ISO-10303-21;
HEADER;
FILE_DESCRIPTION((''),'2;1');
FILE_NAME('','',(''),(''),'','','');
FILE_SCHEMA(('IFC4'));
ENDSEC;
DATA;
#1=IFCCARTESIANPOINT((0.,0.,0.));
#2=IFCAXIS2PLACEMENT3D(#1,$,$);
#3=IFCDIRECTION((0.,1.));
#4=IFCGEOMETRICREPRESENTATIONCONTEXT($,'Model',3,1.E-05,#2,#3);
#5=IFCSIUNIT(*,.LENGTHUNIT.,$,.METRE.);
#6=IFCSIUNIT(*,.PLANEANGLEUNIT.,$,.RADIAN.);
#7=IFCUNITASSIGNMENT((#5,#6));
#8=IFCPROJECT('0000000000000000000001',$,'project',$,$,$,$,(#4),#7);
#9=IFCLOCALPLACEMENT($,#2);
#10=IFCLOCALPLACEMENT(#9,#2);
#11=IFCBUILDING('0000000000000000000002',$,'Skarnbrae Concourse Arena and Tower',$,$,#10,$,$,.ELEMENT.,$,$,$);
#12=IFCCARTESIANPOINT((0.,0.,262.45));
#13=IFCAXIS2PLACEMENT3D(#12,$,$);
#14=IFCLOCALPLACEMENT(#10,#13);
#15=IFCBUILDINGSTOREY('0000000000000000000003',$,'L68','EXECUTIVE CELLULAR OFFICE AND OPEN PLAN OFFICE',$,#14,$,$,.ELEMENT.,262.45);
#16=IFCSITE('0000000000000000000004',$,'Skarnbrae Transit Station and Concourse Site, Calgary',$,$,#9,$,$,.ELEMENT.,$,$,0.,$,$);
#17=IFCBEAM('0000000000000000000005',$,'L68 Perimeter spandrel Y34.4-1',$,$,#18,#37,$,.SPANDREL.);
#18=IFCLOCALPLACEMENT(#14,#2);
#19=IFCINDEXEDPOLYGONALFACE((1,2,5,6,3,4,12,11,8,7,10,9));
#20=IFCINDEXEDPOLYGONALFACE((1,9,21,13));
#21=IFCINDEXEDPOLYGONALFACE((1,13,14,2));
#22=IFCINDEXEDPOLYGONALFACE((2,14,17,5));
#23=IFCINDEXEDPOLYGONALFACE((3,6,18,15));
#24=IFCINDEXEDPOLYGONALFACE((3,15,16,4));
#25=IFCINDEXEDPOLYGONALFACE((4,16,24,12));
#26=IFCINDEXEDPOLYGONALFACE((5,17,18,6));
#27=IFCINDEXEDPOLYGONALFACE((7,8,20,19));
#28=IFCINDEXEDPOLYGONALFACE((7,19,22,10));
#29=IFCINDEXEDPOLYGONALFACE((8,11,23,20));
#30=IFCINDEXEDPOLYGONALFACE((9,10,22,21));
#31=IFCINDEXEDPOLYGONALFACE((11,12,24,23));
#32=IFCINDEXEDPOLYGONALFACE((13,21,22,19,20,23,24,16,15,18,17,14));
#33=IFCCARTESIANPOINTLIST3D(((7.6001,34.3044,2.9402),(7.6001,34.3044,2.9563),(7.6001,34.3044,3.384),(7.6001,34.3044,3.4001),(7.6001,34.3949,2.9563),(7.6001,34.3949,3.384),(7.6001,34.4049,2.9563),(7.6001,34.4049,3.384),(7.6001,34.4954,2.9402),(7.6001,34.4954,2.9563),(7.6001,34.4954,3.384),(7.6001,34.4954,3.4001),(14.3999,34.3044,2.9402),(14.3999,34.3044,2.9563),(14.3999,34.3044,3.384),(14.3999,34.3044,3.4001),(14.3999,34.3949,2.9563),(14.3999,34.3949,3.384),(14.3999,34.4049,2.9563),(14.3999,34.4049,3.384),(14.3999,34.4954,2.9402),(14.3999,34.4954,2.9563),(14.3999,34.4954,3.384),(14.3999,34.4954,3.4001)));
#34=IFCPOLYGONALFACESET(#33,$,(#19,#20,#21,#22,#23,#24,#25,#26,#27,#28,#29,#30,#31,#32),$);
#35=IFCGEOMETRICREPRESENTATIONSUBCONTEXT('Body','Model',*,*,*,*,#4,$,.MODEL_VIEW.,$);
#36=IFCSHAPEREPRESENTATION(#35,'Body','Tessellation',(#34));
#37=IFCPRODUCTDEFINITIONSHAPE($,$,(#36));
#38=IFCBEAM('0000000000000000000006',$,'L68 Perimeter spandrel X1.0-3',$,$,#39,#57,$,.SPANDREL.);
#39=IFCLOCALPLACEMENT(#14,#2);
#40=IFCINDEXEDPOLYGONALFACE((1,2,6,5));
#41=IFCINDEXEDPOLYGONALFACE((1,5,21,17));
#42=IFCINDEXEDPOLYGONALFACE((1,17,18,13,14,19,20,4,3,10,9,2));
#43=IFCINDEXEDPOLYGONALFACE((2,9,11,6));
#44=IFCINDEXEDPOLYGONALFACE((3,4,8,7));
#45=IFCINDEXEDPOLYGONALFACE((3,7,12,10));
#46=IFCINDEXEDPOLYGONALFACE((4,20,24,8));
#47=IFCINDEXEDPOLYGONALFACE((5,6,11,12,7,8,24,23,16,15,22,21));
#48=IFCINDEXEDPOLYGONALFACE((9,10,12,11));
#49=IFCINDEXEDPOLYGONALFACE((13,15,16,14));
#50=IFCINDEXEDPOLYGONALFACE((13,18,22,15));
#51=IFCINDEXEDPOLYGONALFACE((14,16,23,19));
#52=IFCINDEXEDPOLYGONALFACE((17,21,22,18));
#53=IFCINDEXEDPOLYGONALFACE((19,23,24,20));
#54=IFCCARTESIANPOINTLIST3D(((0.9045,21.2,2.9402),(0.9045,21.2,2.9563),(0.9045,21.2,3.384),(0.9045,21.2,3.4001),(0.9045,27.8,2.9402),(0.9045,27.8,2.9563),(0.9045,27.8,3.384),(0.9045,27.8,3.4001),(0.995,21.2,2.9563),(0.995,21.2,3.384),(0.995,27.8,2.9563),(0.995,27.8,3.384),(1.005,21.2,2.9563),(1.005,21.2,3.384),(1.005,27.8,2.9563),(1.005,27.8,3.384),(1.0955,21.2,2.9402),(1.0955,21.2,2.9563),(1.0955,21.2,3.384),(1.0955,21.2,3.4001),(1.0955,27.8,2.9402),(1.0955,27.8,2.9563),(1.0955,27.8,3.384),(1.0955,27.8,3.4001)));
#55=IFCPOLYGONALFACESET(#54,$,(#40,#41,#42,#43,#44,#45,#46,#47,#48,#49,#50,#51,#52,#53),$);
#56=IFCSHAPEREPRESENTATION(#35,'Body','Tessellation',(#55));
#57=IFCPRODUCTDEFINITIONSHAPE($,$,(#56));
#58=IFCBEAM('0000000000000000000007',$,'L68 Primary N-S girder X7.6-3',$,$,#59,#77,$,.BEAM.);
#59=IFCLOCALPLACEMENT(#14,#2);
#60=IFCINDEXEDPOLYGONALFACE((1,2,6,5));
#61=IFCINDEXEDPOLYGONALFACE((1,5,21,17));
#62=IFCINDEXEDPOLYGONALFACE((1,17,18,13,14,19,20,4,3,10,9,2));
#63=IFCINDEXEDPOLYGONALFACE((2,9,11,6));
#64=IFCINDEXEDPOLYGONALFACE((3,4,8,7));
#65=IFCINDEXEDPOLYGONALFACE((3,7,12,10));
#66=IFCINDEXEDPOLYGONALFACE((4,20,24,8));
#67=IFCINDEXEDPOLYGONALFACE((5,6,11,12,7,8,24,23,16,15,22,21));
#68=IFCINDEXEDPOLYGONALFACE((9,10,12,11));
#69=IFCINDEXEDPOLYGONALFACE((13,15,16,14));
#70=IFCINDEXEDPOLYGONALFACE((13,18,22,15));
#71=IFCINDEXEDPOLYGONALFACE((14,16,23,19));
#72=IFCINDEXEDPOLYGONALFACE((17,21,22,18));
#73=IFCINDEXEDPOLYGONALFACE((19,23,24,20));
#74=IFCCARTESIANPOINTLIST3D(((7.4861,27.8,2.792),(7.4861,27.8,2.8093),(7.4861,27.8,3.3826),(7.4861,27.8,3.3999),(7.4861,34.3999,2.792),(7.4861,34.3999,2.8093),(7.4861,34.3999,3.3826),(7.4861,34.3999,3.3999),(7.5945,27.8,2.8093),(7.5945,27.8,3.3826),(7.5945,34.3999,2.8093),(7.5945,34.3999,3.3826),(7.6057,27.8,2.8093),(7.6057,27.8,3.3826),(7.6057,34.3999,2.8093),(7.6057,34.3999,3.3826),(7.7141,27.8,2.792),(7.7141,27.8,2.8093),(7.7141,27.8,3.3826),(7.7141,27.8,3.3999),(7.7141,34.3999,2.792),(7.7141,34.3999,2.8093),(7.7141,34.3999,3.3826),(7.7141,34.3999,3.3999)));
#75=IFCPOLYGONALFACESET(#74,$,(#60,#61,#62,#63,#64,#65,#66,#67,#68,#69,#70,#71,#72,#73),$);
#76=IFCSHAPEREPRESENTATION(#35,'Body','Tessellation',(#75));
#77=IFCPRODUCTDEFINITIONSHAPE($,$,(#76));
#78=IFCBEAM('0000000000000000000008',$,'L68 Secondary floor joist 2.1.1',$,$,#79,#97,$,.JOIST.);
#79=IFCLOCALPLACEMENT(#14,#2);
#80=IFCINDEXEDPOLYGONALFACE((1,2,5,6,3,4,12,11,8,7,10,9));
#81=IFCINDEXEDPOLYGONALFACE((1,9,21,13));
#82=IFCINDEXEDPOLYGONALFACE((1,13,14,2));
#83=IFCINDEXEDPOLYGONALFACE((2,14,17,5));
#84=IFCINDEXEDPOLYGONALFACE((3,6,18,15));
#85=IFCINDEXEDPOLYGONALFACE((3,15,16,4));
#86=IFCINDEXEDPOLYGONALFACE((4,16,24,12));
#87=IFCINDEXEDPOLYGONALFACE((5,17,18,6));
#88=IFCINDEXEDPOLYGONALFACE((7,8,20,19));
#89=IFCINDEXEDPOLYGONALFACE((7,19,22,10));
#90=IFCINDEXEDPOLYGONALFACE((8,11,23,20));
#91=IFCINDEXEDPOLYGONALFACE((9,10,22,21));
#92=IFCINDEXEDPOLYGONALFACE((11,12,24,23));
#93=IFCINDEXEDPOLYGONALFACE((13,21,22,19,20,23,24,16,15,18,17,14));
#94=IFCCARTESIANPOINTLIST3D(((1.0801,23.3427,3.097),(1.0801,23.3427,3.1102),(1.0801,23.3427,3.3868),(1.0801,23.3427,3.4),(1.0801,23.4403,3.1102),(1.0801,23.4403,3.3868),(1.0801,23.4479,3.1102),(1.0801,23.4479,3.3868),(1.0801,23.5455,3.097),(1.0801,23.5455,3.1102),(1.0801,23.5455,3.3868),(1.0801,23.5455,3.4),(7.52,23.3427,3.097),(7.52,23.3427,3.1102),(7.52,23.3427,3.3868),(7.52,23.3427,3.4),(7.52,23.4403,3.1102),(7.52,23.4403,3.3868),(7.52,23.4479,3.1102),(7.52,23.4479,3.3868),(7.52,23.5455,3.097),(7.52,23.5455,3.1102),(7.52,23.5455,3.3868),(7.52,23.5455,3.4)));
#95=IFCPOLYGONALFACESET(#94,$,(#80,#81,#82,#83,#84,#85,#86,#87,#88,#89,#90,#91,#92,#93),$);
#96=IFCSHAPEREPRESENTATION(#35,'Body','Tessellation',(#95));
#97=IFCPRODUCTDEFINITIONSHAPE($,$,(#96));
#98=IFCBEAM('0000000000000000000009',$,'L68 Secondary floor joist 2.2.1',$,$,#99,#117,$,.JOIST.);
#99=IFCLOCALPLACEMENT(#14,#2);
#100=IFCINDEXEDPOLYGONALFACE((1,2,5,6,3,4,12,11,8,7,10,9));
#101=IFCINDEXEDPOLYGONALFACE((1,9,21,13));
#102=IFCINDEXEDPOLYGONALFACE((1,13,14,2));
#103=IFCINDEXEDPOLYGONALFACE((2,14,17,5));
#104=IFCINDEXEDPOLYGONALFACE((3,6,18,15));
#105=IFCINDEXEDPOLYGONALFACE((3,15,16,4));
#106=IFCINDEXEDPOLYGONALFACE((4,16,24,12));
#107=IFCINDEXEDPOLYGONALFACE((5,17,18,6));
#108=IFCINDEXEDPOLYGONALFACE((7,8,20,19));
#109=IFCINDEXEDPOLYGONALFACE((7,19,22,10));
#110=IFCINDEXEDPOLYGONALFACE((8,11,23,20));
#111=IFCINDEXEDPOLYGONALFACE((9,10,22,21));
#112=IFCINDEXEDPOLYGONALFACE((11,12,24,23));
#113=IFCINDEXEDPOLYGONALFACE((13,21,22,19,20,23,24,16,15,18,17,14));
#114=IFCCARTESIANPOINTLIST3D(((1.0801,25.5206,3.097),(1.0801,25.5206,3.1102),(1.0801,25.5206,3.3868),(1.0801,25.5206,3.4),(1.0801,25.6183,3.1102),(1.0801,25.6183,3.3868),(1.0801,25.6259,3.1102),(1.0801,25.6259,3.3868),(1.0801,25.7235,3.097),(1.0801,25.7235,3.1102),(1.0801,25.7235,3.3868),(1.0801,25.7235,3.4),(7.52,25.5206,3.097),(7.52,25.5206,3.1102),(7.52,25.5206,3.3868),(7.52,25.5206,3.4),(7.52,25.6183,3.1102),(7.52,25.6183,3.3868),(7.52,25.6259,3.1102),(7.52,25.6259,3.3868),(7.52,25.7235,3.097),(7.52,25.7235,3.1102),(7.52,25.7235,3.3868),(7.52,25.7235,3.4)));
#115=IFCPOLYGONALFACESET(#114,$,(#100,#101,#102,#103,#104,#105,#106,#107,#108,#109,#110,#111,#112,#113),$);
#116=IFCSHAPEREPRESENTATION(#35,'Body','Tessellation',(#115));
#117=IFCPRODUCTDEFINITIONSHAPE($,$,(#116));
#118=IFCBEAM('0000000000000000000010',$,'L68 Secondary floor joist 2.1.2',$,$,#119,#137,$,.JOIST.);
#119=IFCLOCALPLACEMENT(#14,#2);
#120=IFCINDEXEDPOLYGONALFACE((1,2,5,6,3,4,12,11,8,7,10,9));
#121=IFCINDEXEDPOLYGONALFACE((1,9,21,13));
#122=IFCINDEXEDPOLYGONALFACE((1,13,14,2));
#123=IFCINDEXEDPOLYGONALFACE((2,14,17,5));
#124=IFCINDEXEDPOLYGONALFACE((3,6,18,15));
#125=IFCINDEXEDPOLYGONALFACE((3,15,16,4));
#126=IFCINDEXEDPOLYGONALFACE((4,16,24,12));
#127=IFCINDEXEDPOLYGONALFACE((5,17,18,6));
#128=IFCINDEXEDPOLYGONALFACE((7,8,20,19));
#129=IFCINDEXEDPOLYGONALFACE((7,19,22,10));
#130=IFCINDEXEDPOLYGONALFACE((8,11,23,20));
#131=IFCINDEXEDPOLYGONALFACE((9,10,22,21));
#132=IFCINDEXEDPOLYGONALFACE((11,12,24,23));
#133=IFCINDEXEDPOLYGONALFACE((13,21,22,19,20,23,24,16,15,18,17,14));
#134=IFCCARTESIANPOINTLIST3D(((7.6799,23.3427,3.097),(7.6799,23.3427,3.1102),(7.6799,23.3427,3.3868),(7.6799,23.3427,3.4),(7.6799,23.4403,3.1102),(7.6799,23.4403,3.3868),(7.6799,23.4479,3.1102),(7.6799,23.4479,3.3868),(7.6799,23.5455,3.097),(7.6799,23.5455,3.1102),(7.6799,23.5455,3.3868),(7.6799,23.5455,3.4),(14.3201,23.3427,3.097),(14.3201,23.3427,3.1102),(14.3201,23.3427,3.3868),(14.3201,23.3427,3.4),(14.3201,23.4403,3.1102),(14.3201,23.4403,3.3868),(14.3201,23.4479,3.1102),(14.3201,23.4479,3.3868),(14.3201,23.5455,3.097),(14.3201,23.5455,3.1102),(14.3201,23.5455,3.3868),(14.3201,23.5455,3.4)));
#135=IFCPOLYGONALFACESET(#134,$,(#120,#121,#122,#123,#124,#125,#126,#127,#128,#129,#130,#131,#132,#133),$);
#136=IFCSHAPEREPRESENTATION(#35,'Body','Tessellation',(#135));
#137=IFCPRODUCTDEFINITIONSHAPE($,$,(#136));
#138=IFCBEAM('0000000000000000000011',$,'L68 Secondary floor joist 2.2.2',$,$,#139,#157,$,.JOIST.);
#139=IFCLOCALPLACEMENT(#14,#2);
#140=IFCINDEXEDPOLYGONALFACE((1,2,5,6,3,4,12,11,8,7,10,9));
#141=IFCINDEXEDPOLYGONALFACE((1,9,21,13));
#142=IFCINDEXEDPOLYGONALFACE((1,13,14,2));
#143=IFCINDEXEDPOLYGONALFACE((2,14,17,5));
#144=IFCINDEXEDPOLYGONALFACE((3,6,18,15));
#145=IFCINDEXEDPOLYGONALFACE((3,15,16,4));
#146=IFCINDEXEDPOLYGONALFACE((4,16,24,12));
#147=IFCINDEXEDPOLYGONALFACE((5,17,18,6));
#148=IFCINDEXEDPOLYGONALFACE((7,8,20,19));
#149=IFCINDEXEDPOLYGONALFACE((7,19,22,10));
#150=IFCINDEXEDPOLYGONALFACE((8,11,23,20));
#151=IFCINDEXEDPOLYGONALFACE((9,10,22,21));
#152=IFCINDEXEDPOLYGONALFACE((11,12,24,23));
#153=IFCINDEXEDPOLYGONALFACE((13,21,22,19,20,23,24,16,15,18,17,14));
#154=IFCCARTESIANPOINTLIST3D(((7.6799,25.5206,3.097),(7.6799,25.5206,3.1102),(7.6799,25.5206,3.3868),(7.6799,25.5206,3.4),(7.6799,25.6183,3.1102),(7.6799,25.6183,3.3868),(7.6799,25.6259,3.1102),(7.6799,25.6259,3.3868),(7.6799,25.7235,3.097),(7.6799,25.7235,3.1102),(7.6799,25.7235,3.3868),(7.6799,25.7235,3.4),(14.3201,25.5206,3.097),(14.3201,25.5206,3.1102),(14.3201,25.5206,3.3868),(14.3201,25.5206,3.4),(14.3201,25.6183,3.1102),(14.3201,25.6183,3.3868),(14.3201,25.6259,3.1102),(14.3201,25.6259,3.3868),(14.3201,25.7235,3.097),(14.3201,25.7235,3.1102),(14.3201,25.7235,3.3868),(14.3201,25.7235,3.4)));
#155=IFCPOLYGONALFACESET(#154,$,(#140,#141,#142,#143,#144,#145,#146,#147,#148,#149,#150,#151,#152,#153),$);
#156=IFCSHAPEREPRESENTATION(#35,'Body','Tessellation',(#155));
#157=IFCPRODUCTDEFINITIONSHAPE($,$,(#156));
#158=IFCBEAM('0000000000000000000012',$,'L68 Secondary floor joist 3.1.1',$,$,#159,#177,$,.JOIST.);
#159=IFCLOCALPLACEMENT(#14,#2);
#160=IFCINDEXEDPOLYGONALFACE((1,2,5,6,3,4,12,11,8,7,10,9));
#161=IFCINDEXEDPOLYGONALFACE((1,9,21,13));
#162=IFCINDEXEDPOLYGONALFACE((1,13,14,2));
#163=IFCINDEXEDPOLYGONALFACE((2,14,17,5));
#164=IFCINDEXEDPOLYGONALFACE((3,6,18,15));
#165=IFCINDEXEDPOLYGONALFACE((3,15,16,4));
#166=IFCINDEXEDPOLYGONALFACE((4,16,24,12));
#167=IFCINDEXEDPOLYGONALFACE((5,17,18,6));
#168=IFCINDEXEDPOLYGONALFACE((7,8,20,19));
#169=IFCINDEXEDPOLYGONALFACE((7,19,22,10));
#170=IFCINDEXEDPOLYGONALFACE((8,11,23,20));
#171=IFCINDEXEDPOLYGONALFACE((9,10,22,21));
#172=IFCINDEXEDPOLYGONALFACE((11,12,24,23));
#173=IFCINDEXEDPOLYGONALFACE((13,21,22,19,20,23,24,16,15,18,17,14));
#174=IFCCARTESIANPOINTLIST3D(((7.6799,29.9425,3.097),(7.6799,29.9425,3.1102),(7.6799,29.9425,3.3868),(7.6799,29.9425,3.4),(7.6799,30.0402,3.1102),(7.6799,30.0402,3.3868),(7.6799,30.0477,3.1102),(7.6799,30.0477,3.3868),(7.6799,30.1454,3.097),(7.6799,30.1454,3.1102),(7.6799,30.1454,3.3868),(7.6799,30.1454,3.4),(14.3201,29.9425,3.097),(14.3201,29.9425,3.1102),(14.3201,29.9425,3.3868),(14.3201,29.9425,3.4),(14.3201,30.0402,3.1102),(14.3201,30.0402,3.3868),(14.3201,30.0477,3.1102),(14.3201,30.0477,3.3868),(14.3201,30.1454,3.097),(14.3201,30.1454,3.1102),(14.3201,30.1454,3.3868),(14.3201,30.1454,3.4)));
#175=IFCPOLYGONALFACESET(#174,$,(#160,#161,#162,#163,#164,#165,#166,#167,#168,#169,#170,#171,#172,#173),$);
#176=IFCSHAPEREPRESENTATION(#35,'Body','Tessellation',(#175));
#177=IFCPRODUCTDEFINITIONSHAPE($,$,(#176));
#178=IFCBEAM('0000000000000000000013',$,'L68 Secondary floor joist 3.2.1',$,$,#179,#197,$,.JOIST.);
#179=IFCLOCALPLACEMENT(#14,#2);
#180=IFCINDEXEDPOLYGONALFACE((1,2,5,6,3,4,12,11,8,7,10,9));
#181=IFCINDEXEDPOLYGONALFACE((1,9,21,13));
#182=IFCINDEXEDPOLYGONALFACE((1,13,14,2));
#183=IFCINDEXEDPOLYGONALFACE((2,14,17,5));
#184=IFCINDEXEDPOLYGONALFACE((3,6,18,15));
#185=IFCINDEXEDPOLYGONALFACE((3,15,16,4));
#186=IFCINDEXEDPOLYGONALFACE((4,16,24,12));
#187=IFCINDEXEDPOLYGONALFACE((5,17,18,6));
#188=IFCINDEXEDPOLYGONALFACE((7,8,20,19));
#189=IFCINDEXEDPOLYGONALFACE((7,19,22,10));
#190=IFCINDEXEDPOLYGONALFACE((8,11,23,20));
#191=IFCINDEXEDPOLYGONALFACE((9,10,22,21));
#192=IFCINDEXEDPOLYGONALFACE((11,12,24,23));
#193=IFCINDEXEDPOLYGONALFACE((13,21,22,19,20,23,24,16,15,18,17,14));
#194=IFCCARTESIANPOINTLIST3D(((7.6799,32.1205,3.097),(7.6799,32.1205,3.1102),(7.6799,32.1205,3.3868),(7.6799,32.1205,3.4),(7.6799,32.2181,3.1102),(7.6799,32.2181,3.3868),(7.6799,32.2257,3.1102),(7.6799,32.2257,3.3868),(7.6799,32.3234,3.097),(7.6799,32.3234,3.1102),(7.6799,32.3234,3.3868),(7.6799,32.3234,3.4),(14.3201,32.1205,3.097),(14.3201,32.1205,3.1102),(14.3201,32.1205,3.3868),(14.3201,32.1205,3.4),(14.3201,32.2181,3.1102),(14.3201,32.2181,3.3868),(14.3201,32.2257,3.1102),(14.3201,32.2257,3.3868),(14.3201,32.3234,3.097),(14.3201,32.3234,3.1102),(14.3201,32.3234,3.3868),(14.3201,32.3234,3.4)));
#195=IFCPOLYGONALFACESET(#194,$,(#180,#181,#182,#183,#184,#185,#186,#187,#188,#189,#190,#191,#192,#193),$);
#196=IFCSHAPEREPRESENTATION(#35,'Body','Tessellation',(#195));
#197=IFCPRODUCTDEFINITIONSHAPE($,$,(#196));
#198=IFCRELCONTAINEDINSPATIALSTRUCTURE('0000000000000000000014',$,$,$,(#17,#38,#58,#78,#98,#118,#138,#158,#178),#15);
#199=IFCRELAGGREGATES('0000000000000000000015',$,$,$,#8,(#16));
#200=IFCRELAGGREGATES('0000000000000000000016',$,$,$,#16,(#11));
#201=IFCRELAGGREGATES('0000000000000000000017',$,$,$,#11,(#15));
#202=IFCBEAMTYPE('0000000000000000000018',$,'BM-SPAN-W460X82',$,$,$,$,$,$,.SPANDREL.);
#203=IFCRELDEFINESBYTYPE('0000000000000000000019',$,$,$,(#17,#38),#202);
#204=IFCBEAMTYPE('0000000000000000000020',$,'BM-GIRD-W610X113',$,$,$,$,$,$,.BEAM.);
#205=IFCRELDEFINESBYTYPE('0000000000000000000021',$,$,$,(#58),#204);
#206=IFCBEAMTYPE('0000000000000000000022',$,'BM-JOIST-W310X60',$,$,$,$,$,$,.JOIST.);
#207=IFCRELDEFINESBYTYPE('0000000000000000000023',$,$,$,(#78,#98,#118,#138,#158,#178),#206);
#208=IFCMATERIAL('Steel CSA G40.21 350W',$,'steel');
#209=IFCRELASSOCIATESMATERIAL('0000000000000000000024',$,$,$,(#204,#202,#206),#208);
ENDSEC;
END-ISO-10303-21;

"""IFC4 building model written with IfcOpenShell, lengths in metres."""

from ifc_helpers import new_model, si_unit, direction, frame, origin, origin_2d, place, context, subcontext, project, spatial, i_section, extrude, source, transform, mapped, material, material_profile, profile_set, type_object, element, save


model = new_model("IFC4")

# Units and contexts
model_context = context("Model", 3, precision=1e-05, world=origin(), true_north=direction((0.0, 1.0)))
body_context = subcontext(model_context, "Body", "Model", "MODEL_VIEW")
ifc_project = project(units=[si_unit("LENGTHUNIT", "METRE"), si_unit("PLANEANGLEUNIT", "RADIAN")], contexts=[model_context])

# Site, building, storey
site_placement = place(None, origin())
site = spatial("IfcSite", under=ifc_project, at=site_placement, Name="Skarnbrae Transit Station and Concourse Site, Calgary", CompositionType="ELEMENT", RefElevation=0.0)
building_placement = place(site_placement, origin())
building = spatial("IfcBuilding", under=site, at=building_placement, Name="Skarnbrae Concourse Arena and Tower", CompositionType="ELEMENT")
storey_placement = place(building_placement, frame((0.0, 0.0, 262.45)))
storey = spatial("IfcBuildingStorey", under=building, at=storey_placement, Name="L68", Description="EXECUTIVE CELLULAR OFFICE AND OPEN PLAN OFFICE", CompositionType="ELEMENT", Elevation=262.45)

# Shared definitions
ifc_material_1 = material(Name="Steel CSA G40.21 350W", Category="steel")

# Beams
ifc_material_profile_1 = material_profile(ifc_material_1, i_section(OverallWidth=0.228, OverallDepth=0.6079, WebThickness=0.0112, FlangeThickness=0.0173, at=origin_2d()), Name="W610X113")
ifc_profile_set_1 = profile_set([ifc_material_profile_1], Name="Steel CSA G40.21 350W")
beam_type_1 = type_object("IfcBeamType", Name="BM-GIRD-W610X113", PredefinedType="BEAM", material=ifc_profile_set_1)
ifc_material_profile_2 = material_profile(ifc_material_1, i_section(OverallWidth=0.1909, OverallDepth=0.46, WebThickness=0.01, FlangeThickness=0.0161, at=origin_2d()), Name="W460X82")
ifc_profile_set_2 = profile_set([ifc_material_profile_2], Name="Steel CSA G40.21 350W")
beam_type_2 = type_object("IfcBeamType", Name="BM-SPAN-W460X82", PredefinedType="SPANDREL", material=ifc_profile_set_2)
shared_shape_1 = source(origin(), body_context, "Body", "SweptSolid", [
    extrude(i_section(OverallWidth=0.1909, OverallDepth=0.46, WebThickness=0.01, FlangeThickness=0.0161, at=origin_2d()), origin(), (0.0, 0.0, 1.0), 6.7998),
])
beam_1_placement = place(storey_placement, frame((7.6001, 34.3999, 3.1702), z_axis=(1.0, 0.0, 0.0), x_axis=(0.0, 1.0, 0.0)))
element("IfcBeam", 1, at=beam_1_placement, inside=storey, type_object=beam_type_2, Name="L68 Perimeter spandrel Y34.4-1", PredefinedType="SPANDREL", context=body_context, shape_type="MappedRepresentation", body=[
    mapped(shared_shape_1, transform((0.0, 0.0, 0.0))),
])
shared_shape_2 = source(origin(), body_context, "Body", "SweptSolid", [
    extrude(i_section(OverallWidth=0.1909, OverallDepth=0.46, WebThickness=0.01, FlangeThickness=0.0161, at=origin_2d()), origin(), (0.0, 0.0, 1.0), 6.6001),
])
beam_2_placement = place(storey_placement, frame((1.0, 21.2, 3.1702), z_axis=(0.0, 1.0, 0.0), x_axis=(-1.0, 0.0, 0.0)))
element("IfcBeam", 2, at=beam_2_placement, inside=storey, type_object=beam_type_2, Name="L68 Perimeter spandrel X1.0-3", PredefinedType="SPANDREL", context=body_context, shape_type="MappedRepresentation", body=[
    mapped(shared_shape_2, transform((0.0, 0.0, 0.0))),
])
shared_shape_3 = source(origin(), body_context, "Body", "SweptSolid", [
    extrude(i_section(OverallWidth=0.228, OverallDepth=0.6079, WebThickness=0.0112, FlangeThickness=0.0173, at=origin_2d()), origin(), (0.0, 0.0, 1.0), 6.5999),
])
beam_3_placement = place(storey_placement, frame((7.6001, 27.8, 3.0959), z_axis=(0.0, 1.0, 0.0), x_axis=(-1.0, 0.0, 0.0)))
element("IfcBeam", 3, at=beam_3_placement, inside=storey, type_object=beam_type_1, Name="L68 Primary N-S girder X7.6-3", PredefinedType="BEAM", context=body_context, shape_type="MappedRepresentation", body=[
    mapped(shared_shape_3, transform((0.0, 0.0, 0.0))),
])
ifc_material_profile_3 = material_profile(ifc_material_1, i_section(OverallWidth=0.2029, OverallDepth=0.303, WebThickness=0.0076, FlangeThickness=0.0132, at=origin_2d()), Name="W310X60")
ifc_profile_set_3 = profile_set([ifc_material_profile_3], Name="Steel CSA G40.21 350W")
beam_type_3 = type_object("IfcBeamType", Name="BM-JOIST-W310X60", PredefinedType="JOIST", material=ifc_profile_set_3)
shared_shape_4 = source(origin(), body_context, "Body", "SweptSolid", [
    extrude(i_section(OverallWidth=0.2029, OverallDepth=0.303, WebThickness=0.0076, FlangeThickness=0.0132, at=origin_2d()), origin(), (0.0, 0.0, 1.0), 6.4399),
])
for number, where, z_axis, x_axis, name in (
    (4, (1.0801, 23.4441, 3.2485), (1.0, 0.0, 0.0), (0.0, 1.0, 0.0), "L68 Secondary floor joist 2.1.1"),
    (5, (1.0801, 25.6221, 3.2485), (1.0, 0.0, 0.0), (0.0, 1.0, 0.0), "L68 Secondary floor joist 2.2.1"),
):
    element("IfcBeam", number, at=place(storey_placement, frame(where, z_axis=z_axis, x_axis=x_axis)), inside=storey, type_object=beam_type_3, Name=name, PredefinedType="JOIST", context=body_context, shape_type="MappedRepresentation", body=[
        mapped(shared_shape_4, transform((0.0, 0.0, 0.0))),
    ])
shared_shape_5 = source(origin(), body_context, "Body", "SweptSolid", [
    extrude(i_section(OverallWidth=0.2029, OverallDepth=0.303, WebThickness=0.0076, FlangeThickness=0.0132, at=origin_2d()), origin(), (0.0, 0.0, 1.0), 6.6401),
])
for number, where, z_axis, x_axis, name in (
    (6, (7.6799, 23.4441, 3.2485), (1.0, 0.0, 0.0), (0.0, 1.0, 0.0), "L68 Secondary floor joist 2.1.2"),
    (7, (7.6799, 25.6221, 3.2485), (1.0, 0.0, 0.0), (0.0, 1.0, 0.0), "L68 Secondary floor joist 2.2.2"),
    (8, (7.6799, 30.0439, 3.2485), (1.0, 0.0, 0.0), (0.0, 1.0, 0.0), "L68 Secondary floor joist 3.1.1"),
    (9, (7.6799, 32.2219, 3.2485), (1.0, 0.0, 0.0), (0.0, 1.0, 0.0), "L68 Secondary floor joist 3.2.1"),
):
    element("IfcBeam", number, at=place(storey_placement, frame(where, z_axis=z_axis, x_axis=x_axis)), inside=storey, type_object=beam_type_3, Name=name, PredefinedType="JOIST", context=body_context, shape_type="MappedRepresentation", body=[
        mapped(shared_shape_5, transform((0.0, 0.0, 0.0))),
    ])

save(model, "model.ifc")
